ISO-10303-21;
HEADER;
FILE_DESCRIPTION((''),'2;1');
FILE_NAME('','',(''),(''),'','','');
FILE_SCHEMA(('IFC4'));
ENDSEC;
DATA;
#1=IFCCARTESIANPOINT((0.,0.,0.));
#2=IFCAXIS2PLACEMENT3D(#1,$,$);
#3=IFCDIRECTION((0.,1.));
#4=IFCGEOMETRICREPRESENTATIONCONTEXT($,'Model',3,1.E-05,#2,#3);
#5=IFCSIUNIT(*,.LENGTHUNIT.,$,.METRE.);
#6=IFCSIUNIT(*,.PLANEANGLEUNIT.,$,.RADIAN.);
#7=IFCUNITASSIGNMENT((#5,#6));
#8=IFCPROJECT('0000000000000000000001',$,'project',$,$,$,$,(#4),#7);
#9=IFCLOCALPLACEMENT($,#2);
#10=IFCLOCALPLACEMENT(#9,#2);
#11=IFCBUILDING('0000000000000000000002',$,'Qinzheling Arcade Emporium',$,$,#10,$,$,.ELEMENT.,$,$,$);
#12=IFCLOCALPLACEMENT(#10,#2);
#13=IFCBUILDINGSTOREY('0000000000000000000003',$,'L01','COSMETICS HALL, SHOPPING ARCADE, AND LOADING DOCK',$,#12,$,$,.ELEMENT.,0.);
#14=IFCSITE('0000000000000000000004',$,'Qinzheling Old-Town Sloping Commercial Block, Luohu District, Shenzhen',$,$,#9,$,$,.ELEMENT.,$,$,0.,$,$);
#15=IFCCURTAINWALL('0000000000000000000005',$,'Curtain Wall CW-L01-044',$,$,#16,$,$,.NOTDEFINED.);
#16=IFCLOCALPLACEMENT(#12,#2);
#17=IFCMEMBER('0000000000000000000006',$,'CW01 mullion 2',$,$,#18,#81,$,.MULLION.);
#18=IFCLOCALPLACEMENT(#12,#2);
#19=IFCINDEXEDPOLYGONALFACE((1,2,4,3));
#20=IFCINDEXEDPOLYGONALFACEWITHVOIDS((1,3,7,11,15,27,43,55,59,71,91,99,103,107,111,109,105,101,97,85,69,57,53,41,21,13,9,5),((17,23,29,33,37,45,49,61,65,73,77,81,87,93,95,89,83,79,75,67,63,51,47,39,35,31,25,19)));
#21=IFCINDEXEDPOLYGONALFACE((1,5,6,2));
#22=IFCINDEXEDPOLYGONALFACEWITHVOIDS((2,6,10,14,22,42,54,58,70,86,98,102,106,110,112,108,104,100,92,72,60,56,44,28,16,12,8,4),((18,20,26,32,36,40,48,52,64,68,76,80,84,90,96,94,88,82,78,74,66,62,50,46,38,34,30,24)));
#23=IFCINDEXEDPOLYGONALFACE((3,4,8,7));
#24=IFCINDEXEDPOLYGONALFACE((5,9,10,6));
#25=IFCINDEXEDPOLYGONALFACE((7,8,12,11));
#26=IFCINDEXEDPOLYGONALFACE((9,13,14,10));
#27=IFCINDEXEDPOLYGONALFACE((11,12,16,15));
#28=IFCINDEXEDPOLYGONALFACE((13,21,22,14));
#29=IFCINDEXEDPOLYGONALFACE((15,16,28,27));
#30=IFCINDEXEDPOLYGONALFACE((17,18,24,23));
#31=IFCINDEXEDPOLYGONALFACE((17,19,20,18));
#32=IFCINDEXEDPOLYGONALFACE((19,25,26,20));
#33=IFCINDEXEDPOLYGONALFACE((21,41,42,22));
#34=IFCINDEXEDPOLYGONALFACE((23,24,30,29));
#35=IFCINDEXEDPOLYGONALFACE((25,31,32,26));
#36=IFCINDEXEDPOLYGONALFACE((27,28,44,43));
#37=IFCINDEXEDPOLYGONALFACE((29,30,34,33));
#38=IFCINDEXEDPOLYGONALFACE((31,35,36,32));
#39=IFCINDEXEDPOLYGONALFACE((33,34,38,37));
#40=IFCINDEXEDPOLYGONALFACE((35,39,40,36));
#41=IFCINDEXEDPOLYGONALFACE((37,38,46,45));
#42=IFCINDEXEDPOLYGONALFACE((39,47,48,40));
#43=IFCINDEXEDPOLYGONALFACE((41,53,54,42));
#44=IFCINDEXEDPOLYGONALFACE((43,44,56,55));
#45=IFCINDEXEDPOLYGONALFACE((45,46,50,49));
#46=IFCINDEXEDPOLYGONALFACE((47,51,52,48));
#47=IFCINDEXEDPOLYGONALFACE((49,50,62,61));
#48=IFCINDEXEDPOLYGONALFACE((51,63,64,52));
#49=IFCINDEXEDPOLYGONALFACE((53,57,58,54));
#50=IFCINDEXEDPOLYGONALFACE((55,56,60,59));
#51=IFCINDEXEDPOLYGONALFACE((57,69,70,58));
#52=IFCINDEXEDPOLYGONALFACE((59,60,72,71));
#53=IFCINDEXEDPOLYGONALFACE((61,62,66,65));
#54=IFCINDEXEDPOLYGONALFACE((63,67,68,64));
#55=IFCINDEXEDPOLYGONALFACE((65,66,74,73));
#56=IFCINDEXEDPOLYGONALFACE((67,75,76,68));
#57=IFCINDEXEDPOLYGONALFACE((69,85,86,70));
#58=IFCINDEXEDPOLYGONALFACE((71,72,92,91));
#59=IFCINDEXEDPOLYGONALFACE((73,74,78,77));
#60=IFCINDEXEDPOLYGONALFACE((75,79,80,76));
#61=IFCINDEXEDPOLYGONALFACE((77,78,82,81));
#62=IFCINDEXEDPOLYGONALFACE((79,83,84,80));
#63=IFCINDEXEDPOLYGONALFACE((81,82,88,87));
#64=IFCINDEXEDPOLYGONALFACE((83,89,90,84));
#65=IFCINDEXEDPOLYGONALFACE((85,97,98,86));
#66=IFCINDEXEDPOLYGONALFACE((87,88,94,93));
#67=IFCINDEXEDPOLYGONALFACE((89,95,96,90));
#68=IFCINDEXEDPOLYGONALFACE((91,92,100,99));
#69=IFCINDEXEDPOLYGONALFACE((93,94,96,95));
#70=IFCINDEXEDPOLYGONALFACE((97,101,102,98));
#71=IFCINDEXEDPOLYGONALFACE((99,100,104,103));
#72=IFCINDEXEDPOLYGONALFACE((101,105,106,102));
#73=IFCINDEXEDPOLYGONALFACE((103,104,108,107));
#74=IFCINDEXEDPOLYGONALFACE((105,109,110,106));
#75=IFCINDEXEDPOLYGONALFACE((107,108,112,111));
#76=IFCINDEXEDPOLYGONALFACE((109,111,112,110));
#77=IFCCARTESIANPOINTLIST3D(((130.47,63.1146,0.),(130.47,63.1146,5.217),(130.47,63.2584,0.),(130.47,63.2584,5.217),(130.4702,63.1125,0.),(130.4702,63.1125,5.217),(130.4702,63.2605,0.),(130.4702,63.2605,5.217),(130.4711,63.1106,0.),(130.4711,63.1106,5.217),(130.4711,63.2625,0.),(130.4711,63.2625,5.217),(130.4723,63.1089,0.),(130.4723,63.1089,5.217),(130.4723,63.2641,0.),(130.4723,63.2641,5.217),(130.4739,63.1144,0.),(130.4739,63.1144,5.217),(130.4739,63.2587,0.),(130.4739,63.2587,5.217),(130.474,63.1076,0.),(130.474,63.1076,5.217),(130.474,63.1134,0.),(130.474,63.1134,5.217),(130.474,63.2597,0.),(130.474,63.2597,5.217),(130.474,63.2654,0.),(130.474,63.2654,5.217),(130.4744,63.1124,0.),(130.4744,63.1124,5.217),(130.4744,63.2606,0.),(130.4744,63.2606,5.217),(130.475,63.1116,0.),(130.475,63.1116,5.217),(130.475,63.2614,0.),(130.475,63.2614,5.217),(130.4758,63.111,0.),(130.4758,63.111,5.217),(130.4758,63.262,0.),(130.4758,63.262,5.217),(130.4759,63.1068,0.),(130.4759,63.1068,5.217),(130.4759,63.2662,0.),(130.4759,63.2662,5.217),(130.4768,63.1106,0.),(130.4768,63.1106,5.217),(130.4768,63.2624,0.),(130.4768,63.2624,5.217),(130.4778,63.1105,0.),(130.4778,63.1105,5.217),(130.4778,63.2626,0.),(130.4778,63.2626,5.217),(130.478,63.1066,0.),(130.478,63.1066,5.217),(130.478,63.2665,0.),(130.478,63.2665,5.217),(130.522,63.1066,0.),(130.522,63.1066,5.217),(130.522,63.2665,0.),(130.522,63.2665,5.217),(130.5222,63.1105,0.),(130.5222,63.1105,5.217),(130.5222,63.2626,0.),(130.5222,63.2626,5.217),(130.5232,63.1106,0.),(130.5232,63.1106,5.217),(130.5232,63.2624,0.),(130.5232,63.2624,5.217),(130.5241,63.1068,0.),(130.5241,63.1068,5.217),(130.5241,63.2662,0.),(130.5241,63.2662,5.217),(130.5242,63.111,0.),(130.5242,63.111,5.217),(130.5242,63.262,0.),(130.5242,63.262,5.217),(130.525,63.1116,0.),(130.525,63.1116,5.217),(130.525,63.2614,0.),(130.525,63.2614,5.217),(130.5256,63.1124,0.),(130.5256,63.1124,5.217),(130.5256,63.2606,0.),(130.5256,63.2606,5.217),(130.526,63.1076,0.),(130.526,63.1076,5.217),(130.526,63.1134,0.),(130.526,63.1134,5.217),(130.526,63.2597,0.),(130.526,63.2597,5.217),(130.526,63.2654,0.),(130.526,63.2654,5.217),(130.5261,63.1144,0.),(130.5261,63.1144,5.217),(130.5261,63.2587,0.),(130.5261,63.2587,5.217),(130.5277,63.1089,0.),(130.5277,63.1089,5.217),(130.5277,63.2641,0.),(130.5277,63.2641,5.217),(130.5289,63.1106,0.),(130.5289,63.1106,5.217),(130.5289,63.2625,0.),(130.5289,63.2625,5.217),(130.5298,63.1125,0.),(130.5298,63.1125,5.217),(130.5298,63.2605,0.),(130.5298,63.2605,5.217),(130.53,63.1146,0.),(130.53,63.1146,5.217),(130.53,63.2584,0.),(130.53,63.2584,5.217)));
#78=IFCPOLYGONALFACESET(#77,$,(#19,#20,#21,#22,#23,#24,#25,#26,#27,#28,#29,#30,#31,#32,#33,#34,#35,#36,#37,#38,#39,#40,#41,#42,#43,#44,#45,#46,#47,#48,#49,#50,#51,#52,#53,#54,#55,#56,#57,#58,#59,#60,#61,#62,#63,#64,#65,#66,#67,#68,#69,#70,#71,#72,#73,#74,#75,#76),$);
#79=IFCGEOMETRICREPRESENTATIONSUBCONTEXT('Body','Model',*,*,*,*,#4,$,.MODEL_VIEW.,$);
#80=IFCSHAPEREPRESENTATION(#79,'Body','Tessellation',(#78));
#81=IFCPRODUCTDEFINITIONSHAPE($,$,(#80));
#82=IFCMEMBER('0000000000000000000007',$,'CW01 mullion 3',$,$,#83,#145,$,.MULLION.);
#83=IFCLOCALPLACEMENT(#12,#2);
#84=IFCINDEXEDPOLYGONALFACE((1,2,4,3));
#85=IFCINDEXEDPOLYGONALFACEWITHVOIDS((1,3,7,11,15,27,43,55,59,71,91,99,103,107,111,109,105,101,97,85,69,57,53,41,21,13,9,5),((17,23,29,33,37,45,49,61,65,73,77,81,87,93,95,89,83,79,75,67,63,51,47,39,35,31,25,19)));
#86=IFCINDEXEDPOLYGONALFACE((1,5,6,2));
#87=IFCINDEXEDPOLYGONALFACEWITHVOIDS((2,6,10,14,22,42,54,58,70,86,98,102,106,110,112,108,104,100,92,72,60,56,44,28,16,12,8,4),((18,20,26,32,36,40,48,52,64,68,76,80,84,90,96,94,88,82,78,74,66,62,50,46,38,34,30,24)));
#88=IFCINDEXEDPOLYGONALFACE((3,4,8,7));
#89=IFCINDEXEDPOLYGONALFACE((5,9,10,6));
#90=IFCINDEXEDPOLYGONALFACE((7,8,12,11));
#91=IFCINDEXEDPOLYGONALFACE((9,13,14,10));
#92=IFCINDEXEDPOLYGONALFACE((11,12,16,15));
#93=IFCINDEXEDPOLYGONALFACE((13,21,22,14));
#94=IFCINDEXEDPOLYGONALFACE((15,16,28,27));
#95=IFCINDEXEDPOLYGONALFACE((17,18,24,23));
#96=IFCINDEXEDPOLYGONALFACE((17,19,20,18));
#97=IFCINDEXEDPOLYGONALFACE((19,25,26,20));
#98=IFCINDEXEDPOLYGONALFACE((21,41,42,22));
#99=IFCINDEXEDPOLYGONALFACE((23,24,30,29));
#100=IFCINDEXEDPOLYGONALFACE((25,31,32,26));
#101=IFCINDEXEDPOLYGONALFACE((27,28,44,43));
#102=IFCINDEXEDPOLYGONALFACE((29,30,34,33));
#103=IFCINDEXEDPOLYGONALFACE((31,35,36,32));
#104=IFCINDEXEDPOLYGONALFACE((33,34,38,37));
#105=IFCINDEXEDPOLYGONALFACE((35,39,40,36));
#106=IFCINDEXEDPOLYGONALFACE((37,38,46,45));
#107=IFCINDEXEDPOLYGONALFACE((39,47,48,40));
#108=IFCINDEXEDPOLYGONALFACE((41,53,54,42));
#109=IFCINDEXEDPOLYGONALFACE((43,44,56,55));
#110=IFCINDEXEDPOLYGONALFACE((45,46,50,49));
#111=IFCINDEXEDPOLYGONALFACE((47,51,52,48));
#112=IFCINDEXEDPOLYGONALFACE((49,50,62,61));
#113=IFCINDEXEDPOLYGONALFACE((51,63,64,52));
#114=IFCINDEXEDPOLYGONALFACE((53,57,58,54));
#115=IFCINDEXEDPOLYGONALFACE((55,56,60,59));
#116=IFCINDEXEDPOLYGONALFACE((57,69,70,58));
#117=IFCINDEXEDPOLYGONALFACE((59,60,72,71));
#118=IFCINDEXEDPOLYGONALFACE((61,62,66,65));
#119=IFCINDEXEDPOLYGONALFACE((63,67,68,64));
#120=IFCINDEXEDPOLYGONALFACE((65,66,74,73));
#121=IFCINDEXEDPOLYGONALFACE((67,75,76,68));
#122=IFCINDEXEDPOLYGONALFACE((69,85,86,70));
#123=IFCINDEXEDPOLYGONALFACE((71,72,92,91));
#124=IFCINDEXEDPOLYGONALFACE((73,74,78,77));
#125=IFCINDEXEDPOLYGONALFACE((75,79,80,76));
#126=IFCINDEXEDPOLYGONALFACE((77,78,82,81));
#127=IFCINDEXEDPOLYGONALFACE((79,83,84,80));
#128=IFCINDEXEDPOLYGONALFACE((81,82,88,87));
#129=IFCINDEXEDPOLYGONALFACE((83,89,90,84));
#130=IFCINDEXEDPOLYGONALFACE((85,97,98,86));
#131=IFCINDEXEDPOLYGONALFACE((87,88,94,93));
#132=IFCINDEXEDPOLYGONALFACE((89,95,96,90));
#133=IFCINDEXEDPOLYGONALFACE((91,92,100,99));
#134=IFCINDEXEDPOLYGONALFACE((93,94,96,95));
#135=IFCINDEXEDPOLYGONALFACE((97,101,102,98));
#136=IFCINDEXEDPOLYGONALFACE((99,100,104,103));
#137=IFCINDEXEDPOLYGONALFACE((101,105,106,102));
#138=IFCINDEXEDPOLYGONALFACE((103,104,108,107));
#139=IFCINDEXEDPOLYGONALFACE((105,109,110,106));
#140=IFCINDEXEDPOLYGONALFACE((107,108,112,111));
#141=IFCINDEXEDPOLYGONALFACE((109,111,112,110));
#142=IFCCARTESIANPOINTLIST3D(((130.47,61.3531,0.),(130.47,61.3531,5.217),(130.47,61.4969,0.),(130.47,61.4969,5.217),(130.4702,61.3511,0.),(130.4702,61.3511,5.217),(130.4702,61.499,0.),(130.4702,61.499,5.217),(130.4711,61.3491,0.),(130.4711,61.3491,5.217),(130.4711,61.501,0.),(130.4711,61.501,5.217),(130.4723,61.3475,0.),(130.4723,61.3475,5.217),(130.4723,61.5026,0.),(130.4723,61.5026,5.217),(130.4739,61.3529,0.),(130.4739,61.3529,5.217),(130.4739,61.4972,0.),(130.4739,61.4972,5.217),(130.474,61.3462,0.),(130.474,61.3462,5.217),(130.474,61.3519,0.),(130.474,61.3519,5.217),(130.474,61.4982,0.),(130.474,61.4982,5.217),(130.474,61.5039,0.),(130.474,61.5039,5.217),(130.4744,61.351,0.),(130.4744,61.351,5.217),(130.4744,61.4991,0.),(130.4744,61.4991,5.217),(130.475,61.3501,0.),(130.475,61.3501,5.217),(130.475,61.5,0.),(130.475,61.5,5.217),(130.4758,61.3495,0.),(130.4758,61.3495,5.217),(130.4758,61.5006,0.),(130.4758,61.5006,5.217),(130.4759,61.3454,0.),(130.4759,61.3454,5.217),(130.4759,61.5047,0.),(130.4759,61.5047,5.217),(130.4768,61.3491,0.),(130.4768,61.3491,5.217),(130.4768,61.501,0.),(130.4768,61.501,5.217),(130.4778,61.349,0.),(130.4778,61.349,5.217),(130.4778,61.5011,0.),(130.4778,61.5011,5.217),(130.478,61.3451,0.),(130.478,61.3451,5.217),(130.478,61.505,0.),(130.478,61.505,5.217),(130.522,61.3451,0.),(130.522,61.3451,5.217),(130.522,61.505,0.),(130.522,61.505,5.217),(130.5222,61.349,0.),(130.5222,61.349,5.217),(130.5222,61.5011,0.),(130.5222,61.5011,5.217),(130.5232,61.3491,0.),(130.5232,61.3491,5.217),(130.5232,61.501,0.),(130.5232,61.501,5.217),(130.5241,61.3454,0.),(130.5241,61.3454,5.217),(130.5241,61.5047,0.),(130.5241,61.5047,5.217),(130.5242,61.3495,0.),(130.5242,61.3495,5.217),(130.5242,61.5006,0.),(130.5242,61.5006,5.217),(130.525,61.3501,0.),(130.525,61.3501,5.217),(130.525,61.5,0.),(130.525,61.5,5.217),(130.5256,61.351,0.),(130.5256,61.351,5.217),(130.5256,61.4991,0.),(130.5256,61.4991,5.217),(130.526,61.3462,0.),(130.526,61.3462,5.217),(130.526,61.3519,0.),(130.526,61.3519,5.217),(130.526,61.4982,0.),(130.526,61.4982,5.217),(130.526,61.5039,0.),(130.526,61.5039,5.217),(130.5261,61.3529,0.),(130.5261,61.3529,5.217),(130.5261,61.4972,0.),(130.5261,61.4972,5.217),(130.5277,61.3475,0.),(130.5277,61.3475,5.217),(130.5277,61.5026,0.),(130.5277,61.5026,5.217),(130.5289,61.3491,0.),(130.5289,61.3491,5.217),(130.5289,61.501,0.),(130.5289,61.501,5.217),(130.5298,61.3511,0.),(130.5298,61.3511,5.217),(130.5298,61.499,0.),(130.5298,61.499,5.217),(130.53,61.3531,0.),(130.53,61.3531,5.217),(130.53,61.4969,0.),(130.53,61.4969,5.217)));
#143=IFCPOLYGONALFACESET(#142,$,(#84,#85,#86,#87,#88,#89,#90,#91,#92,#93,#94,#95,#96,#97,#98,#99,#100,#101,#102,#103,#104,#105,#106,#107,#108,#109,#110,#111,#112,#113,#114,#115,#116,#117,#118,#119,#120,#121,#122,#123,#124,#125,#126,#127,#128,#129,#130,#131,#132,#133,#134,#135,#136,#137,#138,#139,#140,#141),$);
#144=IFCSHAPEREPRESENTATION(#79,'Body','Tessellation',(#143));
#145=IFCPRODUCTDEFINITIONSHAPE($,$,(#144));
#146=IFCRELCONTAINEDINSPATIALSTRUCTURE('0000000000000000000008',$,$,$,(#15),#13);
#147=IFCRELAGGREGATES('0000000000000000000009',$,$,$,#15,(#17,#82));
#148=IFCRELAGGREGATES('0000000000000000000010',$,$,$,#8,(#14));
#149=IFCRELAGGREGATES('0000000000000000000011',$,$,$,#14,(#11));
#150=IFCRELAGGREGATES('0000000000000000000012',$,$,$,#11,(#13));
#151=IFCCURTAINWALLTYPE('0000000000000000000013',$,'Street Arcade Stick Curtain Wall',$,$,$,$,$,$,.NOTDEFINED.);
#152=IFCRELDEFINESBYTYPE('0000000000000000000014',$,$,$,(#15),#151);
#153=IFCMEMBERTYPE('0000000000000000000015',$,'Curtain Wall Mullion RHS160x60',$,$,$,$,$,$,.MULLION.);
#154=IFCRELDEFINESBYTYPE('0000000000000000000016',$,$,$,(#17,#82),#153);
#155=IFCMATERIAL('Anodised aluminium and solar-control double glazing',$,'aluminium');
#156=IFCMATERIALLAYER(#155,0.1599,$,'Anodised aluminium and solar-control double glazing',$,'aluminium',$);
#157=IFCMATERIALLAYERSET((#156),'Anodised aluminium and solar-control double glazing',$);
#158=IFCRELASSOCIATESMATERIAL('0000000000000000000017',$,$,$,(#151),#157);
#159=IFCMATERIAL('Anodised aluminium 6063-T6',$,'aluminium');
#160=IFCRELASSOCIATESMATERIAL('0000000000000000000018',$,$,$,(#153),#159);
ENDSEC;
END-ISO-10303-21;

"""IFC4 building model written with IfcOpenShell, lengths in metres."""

from ifc_helpers import new_model, si_unit, direction, frame, origin, origin_2d, place, context, subcontext, project, spatial, hollow_rectangle, extrude, material, layer, layer_set, material_profile, profile_set, type_object, element, aggregate, save


model = new_model("IFC4")

# Units and contexts
model_context = context("Model", 3, precision=1e-05, world=origin(), true_north=direction((0.0, 1.0)))
body_context = subcontext(model_context, "Body", "Model", "MODEL_VIEW")
ifc_project = project(units=[si_unit("LENGTHUNIT", "METRE"), si_unit("PLANEANGLEUNIT", "RADIAN")], contexts=[model_context])

# Site, building, storey
site_placement = place(None, origin())
site = spatial("IfcSite", under=ifc_project, at=site_placement, Name="Qinzheling Old-Town Sloping Commercial Block, Luohu District, Shenzhen", CompositionType="ELEMENT", RefElevation=0.0)
building_placement = place(site_placement, origin())
building = spatial("IfcBuilding", under=site, at=building_placement, Name="Qinzheling Arcade Emporium", CompositionType="ELEMENT")
storey_placement = place(building_placement, origin())
storey = spatial("IfcBuildingStorey", under=building, at=storey_placement, Name="L01", Description="COSMETICS HALL, SHOPPING ARCADE, AND LOADING DOCK", CompositionType="ELEMENT", Elevation=0.0)

# Shared definitions
ifc_material_1 = material(Name="Anodised aluminium and solar-control double glazing", Category="aluminium")
ifc_layer_1 = layer(ifc_material_1, 0.1599, Name="Anodised aluminium and solar-control double glazing", Category="aluminium")
ifc_layer_set_1 = layer_set([ifc_layer_1], Name="Anodised aluminium and solar-control double glazing")
curtain_wall_type = type_object("IfcCurtainWallType", Name="Street Arcade Stick Curtain Wall", PredefinedType="NOTDEFINED", material=ifc_layer_set_1)
ifc_material_2 = material(Name="Anodised aluminium 6063-T6", Category="aluminium")
ifc_material_profile_1 = material_profile(ifc_material_2, hollow_rectangle(XDim=0.0601, YDim=0.1599, WallThickness=0.0039, InnerFilletRadius=0.0039, OuterFilletRadius=0.0081, at=origin_2d()), Name="RHS 160x60x4", Category="aluminium")
ifc_profile_set_1 = profile_set([ifc_material_profile_1], Name="Anodised aluminium 6063-T6")
member_type_1 = type_object("IfcMemberType", Name="Curtain Wall Mullion RHS160x60", PredefinedType="MULLION", material=ifc_profile_set_1)

# Curtain wall, members
curtain_wall_1_placement = place(storey_placement, origin())
curtain_wall_1 = element("IfcCurtainWall", 1, at=curtain_wall_1_placement, inside=storey, type_object=curtain_wall_type, Name="Curtain Wall CW-L01-044", PredefinedType="NOTDEFINED")
member_1_placement = place(storey_placement, frame((130.5, 63.1865, 0.0), z_axis=(0.0, 0.0, 1.0), x_axis=(1.0, 0.0, 0.0)))
member_1 = element("IfcMember", 2, at=member_1_placement, type_object=member_type_1, Name="CW01 mullion 2", PredefinedType="MULLION", context=body_context, shape_type="SweptSolid", body=[
    extrude(hollow_rectangle(XDim=0.0601, YDim=0.1599, WallThickness=0.0039, InnerFilletRadius=0.0039, OuterFilletRadius=0.0081, at=origin_2d()), origin(), (0.0, 0.0, 1.0), 5.217),
])
member_2_placement = place(storey_placement, frame((130.5, 61.425, 0.0), z_axis=(0.0, 0.0, 1.0), x_axis=(1.0, 0.0, 0.0)))
member_2 = element("IfcMember", 3, at=member_2_placement, type_object=member_type_1, Name="CW01 mullion 3", PredefinedType="MULLION", context=body_context, shape_type="SweptSolid", body=[
    extrude(hollow_rectangle(XDim=0.0601, YDim=0.1599, WallThickness=0.0039, InnerFilletRadius=0.0039, OuterFilletRadius=0.0081, at=origin_2d()), origin(), (0.0, 0.0, 1.0), 5.217),
])

aggregate(curtain_wall_1, [member_1, member_2])

save(model, "model.ifc")
